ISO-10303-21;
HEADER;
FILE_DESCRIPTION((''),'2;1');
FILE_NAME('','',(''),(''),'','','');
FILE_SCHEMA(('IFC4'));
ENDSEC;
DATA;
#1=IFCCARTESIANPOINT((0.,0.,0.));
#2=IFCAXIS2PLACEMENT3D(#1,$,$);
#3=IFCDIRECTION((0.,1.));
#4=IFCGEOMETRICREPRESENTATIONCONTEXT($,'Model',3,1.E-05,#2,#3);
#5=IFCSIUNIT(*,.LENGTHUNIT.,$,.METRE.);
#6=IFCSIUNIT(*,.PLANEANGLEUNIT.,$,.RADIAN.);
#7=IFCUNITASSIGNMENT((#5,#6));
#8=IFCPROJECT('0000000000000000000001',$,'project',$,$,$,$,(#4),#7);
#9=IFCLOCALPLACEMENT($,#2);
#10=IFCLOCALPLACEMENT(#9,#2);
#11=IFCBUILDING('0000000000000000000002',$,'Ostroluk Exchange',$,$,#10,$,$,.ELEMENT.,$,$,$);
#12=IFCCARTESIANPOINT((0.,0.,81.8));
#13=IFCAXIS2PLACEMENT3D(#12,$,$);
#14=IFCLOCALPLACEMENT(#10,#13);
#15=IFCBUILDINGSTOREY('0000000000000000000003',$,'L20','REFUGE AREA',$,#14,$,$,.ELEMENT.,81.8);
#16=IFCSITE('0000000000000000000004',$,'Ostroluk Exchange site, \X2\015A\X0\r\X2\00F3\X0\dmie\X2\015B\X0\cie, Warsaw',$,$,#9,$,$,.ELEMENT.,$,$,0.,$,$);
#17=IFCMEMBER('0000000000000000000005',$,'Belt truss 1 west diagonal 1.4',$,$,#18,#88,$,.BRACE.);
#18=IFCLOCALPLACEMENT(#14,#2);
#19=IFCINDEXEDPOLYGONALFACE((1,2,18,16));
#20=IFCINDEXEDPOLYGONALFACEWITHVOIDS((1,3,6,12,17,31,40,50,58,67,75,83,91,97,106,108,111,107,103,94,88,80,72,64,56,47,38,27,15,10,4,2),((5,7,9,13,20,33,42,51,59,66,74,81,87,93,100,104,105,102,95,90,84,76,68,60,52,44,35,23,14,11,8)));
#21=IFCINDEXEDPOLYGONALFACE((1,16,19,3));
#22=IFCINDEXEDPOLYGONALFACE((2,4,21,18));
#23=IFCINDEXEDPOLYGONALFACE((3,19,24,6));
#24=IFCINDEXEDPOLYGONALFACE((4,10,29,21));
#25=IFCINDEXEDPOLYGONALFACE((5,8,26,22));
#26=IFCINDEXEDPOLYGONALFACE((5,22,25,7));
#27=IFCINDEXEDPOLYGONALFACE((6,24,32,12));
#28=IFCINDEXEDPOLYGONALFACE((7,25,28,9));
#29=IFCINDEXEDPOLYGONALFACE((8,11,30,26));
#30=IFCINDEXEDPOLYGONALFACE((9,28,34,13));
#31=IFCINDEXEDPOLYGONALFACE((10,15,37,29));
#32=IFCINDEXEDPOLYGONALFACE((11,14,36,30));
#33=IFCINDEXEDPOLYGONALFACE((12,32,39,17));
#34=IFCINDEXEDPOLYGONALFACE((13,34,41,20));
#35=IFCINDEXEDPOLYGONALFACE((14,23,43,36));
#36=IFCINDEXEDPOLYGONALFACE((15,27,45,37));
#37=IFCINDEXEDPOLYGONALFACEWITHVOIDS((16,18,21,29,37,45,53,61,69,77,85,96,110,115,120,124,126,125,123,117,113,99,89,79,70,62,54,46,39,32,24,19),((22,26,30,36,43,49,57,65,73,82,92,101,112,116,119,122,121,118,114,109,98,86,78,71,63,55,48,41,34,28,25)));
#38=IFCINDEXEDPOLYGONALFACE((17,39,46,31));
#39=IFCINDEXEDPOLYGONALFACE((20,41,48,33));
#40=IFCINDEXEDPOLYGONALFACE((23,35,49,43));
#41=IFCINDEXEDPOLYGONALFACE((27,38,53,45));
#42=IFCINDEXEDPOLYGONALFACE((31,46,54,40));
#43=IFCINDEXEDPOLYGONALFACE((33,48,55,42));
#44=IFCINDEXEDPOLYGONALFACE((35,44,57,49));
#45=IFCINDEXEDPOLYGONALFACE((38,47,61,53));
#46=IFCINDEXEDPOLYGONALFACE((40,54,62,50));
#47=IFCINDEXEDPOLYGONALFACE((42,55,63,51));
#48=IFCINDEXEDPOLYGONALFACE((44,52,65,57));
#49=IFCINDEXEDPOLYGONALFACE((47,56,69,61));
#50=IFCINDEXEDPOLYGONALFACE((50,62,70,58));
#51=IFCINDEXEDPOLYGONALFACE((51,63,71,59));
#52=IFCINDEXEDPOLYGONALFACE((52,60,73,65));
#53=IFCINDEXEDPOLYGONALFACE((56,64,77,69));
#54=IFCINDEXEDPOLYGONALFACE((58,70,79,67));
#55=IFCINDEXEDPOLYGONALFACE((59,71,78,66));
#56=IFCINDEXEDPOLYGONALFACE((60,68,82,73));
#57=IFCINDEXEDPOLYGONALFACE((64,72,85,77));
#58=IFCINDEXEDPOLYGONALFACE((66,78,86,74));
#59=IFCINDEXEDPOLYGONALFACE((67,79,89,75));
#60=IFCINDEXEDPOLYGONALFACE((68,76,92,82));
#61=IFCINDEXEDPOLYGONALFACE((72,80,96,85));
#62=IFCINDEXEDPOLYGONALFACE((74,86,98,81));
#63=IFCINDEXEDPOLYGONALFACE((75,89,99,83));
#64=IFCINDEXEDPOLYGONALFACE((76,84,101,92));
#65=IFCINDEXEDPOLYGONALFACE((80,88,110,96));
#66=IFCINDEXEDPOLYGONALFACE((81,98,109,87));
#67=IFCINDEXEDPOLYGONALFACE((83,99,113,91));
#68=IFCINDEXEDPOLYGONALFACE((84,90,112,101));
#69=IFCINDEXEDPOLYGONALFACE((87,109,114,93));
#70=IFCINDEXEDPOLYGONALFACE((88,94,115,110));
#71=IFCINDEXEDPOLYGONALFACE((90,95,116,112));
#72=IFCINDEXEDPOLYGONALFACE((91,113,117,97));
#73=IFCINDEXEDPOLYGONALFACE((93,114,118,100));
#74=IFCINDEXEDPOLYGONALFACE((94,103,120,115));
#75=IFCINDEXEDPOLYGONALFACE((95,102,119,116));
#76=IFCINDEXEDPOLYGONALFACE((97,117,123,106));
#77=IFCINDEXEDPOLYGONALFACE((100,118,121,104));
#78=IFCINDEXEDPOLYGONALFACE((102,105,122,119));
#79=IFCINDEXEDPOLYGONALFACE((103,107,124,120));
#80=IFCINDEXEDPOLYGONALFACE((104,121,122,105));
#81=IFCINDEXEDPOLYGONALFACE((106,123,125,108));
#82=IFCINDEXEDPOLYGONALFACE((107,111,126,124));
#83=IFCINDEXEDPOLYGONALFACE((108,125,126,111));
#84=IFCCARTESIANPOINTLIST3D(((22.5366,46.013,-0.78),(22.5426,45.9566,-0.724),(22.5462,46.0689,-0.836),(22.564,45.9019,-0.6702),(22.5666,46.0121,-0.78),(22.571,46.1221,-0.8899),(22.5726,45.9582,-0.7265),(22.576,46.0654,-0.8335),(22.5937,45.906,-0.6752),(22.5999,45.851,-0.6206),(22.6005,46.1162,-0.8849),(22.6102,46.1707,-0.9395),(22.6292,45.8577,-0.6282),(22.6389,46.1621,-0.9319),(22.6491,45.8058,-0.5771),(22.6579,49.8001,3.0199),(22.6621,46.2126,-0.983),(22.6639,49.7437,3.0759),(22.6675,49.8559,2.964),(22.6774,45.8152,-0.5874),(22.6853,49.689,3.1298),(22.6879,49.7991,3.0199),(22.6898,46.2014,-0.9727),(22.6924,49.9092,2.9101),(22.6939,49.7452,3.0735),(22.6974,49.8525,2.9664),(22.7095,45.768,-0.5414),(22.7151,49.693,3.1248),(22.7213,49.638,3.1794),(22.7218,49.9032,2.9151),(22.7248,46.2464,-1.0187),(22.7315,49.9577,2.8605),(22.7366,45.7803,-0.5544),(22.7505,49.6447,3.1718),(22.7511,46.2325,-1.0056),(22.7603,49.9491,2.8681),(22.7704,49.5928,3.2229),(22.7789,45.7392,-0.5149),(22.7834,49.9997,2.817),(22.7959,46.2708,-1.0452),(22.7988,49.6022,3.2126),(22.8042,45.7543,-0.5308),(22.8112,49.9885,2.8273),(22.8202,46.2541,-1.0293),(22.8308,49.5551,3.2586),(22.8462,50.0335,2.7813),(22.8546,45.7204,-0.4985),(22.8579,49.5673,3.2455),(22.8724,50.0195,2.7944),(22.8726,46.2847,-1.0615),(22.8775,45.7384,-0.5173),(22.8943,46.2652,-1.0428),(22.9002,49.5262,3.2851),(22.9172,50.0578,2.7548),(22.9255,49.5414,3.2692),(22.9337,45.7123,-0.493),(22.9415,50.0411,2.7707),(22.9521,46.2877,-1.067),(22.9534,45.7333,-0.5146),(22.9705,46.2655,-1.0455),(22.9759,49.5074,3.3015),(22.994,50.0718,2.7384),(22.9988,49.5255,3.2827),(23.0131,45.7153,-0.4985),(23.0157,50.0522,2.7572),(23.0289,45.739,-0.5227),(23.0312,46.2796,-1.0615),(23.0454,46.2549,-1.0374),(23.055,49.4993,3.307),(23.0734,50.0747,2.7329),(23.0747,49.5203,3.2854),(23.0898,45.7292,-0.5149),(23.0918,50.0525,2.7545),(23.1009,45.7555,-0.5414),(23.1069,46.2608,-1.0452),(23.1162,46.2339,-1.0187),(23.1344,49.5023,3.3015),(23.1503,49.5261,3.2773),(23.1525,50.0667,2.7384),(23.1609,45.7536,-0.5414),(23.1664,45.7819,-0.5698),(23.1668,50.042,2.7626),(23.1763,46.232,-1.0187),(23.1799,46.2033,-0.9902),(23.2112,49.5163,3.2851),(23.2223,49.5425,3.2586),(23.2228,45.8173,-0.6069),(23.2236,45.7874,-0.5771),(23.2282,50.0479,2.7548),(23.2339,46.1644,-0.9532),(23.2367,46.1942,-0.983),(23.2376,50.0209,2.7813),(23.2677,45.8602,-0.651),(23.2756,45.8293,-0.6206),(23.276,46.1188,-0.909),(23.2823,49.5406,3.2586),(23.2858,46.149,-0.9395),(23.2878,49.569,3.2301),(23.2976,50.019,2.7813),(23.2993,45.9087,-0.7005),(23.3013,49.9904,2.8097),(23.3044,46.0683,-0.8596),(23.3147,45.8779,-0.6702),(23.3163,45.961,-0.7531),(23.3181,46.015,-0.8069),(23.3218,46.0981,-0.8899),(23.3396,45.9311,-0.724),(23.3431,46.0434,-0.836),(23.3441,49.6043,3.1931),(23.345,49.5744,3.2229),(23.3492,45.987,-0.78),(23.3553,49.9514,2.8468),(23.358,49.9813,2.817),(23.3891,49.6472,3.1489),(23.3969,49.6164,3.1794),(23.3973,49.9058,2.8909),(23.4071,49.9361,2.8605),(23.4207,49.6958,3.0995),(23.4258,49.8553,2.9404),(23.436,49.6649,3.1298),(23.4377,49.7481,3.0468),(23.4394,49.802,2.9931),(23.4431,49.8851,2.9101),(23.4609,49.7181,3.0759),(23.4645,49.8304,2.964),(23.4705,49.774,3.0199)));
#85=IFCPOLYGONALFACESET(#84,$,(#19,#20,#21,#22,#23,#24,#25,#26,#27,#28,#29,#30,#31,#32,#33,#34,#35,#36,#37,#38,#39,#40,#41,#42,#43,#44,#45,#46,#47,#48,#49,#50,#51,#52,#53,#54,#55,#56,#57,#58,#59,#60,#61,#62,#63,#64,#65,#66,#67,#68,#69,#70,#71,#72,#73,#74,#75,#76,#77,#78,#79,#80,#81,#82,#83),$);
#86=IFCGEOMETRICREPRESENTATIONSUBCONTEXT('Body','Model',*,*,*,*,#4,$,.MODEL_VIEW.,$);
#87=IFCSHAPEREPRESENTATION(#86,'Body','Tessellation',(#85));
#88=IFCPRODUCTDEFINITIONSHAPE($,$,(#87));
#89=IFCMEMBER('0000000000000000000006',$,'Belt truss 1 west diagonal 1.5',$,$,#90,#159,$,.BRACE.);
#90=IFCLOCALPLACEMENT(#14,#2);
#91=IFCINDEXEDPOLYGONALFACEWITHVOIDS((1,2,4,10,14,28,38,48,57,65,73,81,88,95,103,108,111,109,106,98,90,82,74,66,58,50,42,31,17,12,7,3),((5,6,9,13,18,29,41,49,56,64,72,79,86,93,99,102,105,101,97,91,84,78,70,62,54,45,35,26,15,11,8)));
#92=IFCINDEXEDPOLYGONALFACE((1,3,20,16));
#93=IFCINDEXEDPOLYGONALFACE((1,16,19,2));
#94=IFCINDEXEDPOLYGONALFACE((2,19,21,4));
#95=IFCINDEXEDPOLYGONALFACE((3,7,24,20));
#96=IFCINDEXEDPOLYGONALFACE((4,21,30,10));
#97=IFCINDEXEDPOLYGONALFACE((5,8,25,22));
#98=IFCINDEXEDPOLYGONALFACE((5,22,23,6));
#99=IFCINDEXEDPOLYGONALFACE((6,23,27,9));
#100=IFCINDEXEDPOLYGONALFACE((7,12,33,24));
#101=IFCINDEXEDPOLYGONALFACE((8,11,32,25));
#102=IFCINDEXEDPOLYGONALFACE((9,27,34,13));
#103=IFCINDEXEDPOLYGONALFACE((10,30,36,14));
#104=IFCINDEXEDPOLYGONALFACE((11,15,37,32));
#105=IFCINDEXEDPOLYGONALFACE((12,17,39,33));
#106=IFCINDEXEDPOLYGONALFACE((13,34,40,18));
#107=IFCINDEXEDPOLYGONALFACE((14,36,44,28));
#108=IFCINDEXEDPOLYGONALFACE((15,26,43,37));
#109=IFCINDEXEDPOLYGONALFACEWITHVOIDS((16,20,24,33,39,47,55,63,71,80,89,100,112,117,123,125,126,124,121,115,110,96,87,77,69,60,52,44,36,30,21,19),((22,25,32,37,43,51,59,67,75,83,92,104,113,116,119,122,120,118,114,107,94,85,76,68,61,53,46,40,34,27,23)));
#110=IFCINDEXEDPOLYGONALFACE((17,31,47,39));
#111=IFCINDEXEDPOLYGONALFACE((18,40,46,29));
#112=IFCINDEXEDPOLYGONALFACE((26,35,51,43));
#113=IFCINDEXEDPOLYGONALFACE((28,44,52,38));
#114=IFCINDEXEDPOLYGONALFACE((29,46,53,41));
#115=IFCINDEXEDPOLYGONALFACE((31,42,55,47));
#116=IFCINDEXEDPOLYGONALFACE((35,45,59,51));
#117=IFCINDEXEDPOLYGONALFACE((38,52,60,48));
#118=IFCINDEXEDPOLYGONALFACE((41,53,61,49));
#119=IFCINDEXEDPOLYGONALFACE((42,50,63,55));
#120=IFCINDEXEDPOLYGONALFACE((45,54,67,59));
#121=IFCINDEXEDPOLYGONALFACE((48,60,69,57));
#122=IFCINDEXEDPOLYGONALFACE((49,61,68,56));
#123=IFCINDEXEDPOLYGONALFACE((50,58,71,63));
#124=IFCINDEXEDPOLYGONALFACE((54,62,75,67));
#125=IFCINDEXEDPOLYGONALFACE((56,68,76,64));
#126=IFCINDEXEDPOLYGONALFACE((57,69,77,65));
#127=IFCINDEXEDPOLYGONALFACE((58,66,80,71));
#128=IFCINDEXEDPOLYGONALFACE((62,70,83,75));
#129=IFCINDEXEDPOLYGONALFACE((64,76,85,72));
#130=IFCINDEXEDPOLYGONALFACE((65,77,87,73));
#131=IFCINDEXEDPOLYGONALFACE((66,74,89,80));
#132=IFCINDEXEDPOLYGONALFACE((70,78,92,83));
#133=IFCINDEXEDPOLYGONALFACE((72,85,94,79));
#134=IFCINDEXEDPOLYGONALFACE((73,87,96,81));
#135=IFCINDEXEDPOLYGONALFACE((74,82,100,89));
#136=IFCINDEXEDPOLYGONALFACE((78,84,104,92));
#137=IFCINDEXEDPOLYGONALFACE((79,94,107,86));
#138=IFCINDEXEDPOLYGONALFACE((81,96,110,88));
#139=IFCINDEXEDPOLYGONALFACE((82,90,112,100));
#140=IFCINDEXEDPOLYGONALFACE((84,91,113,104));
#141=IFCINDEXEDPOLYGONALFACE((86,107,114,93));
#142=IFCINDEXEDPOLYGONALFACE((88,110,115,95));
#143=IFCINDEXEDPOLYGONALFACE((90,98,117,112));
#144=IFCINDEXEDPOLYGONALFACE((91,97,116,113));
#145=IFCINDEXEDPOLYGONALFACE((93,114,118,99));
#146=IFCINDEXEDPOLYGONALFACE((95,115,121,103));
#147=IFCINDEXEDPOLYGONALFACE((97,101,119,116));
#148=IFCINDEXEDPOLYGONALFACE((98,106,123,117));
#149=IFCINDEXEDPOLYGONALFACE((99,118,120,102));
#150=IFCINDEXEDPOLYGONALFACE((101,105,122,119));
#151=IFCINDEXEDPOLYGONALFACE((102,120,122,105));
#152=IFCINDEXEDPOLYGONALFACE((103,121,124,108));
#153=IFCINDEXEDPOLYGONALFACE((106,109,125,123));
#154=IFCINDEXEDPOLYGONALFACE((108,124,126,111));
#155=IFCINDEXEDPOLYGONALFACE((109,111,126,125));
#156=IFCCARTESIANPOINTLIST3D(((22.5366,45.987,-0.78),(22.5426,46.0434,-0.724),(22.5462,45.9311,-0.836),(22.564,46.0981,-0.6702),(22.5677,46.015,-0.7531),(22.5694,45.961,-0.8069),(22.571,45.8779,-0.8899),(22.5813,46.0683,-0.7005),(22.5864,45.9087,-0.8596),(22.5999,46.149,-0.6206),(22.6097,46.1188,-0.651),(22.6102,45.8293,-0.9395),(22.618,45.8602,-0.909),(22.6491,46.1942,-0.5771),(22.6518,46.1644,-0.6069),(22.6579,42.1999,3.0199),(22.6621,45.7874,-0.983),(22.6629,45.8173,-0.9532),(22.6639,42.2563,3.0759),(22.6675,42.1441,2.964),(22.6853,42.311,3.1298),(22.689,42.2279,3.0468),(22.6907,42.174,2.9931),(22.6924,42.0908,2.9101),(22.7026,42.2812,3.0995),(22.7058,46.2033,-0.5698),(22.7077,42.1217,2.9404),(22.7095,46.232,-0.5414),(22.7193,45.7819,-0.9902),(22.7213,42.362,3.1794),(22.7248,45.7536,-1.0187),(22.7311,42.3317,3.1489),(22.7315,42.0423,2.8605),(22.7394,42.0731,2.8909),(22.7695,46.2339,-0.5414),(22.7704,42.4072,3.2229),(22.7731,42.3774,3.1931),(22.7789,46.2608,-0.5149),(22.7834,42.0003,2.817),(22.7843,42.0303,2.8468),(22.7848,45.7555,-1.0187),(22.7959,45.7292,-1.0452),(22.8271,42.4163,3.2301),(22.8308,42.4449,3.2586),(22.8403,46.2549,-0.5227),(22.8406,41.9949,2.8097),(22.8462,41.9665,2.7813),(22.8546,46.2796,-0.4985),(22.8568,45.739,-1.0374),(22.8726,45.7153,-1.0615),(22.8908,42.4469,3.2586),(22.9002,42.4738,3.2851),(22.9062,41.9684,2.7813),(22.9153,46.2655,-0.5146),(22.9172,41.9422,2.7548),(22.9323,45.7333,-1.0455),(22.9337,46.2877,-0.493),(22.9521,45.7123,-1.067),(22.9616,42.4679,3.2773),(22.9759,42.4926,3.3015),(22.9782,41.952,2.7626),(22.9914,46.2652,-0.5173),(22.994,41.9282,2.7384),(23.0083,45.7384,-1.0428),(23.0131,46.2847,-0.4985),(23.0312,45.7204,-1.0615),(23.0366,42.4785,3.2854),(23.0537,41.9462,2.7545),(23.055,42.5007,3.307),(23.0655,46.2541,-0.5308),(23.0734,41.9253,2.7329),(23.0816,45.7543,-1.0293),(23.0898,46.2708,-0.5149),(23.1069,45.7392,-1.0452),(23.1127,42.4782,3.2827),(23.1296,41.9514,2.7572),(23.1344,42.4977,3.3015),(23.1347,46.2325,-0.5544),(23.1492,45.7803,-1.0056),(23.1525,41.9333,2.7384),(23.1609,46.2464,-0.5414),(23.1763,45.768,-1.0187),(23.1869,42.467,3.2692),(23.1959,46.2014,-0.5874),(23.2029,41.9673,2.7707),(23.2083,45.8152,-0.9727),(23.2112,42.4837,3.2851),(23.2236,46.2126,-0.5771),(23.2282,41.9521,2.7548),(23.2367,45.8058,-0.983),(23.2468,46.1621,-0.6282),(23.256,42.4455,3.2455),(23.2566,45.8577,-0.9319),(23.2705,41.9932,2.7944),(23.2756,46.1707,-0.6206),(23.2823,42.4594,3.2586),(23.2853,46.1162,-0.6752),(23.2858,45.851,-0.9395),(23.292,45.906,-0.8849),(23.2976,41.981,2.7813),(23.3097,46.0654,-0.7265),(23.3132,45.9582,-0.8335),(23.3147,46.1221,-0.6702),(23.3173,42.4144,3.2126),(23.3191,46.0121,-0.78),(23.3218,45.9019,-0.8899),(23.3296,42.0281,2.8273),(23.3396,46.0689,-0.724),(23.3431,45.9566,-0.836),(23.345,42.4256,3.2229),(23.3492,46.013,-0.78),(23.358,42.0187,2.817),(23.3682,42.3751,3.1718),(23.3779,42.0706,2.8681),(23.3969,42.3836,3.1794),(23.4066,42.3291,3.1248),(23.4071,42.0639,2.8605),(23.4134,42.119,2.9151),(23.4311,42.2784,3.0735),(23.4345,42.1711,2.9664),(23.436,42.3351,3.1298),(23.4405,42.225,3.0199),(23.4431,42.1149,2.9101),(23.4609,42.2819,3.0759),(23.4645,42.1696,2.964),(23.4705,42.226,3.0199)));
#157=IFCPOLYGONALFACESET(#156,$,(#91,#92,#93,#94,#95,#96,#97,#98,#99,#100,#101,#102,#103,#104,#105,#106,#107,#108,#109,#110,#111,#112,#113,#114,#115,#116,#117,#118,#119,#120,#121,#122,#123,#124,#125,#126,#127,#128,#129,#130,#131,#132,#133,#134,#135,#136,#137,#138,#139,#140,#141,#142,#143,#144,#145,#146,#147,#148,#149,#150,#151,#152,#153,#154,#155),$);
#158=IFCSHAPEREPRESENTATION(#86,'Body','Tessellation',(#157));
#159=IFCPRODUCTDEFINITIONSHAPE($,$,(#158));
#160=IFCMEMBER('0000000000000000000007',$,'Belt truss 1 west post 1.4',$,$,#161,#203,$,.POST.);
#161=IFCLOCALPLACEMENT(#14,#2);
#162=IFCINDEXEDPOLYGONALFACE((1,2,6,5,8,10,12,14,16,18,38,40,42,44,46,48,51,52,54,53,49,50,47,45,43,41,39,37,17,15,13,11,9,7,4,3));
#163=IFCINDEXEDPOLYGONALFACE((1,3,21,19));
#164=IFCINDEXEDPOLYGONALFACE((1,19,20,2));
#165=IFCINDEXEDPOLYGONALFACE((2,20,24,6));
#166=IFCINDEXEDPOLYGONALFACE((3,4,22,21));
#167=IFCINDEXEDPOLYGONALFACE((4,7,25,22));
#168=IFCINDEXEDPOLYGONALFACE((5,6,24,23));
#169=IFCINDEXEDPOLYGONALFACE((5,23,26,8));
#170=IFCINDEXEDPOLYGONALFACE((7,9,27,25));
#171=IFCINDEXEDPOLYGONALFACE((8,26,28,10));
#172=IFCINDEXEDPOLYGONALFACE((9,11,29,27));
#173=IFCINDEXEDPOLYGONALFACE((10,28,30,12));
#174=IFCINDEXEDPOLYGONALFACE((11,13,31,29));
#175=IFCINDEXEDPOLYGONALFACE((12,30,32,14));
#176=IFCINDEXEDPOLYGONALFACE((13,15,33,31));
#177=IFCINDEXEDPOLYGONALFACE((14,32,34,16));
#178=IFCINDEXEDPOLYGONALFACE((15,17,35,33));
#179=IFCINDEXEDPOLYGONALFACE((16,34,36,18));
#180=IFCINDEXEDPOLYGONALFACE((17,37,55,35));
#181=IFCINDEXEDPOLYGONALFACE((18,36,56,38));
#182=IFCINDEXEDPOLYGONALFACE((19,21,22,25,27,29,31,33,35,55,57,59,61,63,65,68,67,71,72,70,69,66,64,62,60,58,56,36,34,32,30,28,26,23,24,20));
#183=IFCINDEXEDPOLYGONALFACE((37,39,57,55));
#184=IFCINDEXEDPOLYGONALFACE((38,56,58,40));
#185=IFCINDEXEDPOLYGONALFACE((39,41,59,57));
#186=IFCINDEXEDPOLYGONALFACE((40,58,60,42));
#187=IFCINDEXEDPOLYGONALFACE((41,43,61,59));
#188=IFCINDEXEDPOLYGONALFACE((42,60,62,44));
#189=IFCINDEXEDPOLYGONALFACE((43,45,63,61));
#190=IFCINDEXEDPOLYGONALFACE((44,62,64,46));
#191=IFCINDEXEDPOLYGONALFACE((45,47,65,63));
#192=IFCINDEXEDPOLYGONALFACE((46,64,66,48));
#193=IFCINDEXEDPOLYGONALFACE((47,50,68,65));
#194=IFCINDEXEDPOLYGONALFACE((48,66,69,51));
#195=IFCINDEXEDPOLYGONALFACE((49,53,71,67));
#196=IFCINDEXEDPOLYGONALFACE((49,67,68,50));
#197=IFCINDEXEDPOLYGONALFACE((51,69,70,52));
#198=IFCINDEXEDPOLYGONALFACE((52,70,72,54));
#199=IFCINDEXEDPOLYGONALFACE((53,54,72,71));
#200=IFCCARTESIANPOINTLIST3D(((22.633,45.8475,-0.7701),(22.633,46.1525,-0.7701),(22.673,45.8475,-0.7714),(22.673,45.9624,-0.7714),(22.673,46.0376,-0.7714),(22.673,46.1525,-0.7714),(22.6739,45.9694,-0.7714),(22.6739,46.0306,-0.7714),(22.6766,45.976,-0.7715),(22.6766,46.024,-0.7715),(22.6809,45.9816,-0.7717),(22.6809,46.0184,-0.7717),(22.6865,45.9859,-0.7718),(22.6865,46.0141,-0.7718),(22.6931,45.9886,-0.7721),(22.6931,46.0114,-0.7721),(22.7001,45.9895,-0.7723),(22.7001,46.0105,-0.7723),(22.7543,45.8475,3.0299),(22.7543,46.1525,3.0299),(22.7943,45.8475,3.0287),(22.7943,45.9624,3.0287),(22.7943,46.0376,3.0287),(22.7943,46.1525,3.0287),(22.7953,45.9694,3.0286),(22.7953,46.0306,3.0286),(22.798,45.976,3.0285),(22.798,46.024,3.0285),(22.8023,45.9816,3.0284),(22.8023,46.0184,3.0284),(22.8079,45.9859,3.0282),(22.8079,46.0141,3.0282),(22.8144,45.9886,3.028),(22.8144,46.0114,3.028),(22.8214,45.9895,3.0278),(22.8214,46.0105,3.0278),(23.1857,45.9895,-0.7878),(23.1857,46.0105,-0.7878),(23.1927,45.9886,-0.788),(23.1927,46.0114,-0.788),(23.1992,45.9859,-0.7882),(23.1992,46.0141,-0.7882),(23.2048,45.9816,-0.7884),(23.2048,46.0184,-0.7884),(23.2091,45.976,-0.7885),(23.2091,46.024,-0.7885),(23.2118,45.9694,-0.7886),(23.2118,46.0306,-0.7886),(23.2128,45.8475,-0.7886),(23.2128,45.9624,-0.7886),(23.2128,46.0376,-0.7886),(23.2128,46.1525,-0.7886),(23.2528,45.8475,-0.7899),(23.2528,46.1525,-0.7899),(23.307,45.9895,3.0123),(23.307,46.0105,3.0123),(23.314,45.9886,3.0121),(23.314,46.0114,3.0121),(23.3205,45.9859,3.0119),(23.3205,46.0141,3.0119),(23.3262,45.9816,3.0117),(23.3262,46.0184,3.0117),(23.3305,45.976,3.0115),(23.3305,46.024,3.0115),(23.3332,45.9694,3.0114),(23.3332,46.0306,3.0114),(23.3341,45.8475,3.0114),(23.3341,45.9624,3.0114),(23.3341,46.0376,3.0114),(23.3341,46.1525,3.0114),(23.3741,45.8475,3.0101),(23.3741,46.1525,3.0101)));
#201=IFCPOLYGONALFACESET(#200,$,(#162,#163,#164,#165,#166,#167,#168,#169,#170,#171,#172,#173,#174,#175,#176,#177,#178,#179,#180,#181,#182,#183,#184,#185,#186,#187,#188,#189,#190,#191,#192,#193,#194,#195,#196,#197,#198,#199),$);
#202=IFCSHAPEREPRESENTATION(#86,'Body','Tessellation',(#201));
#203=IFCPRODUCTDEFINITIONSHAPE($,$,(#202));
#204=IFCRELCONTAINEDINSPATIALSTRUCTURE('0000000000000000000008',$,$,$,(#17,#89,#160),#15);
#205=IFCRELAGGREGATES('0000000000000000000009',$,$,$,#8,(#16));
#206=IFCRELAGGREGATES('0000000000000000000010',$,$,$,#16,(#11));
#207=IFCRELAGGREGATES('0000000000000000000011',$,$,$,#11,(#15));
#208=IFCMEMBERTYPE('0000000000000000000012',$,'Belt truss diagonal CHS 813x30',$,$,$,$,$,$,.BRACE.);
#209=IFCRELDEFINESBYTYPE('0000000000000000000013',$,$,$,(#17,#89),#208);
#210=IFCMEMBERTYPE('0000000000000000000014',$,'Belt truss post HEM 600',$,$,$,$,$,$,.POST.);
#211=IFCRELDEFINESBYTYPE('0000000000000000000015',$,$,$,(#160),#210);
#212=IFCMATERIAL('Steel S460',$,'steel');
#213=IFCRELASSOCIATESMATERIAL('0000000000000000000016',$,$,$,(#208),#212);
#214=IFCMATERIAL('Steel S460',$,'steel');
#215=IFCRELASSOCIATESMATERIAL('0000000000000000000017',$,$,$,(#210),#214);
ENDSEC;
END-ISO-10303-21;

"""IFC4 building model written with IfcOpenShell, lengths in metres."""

from ifc_helpers import new_model, si_unit, direction, frame, origin, origin_2d, place, context, subcontext, project, spatial, hollow_circle, i_section, extrude, material, material_profile, profile_set, type_object, element, save


model = new_model("IFC4")

# Units and contexts
model_context = context("Model", 3, precision=1e-05, world=origin(), true_north=direction((0.0, 1.0)))
body_context = subcontext(model_context, "Body", "Model", "MODEL_VIEW")
ifc_project = project(units=[si_unit("LENGTHUNIT", "METRE"), si_unit("PLANEANGLEUNIT", "RADIAN")], contexts=[model_context])

# Site, building, storey
site_placement = place(None, origin())
site = spatial("IfcSite", under=ifc_project, at=site_placement, Name="Ostroluk Exchange site, Śródmieście, Warsaw", CompositionType="ELEMENT", RefElevation=0.0)
building_placement = place(site_placement, origin())
building = spatial("IfcBuilding", under=site, at=building_placement, Name="Ostroluk Exchange", CompositionType="ELEMENT")
storey_placement = place(building_placement, frame((0.0, 0.0, 81.8)))
storey = spatial("IfcBuildingStorey", under=building, at=storey_placement, Name="L20", Description="REFUGE AREA", CompositionType="ELEMENT", Elevation=81.8)

# Members
ifc_material_1 = material(Name="Steel S460", Category="steel")
ifc_material_profile_1 = material_profile(ifc_material_1, hollow_circle(Radius=0.4065, WallThickness=0.03, at=origin_2d()), Name="CHS 813x30")
ifc_profile_set_1 = profile_set([ifc_material_profile_1], Name="Steel S460")
member_type_1 = type_object("IfcMemberType", Name="Belt truss diagonal CHS 813x30", PredefinedType="BRACE", material=ifc_profile_set_1)
for number, where, z_axis, x_axis, name in (
    (1, (22.9429, 46.0, -0.78), (0.022611, 0.705719, 0.708131), (-0.999487, 0.032023, 0.0), "Belt truss 1 west diagonal 1.4"),
    (2, (22.9429, 46.0, -0.78), (0.022611, -0.705719, 0.708131), (0.999487, 0.032023, 0.0), "Belt truss 1 west diagonal 1.5"),
):
    element("IfcMember", number, at=place(storey_placement, frame(where, z_axis=z_axis, x_axis=x_axis)), inside=storey, type_object=member_type_1, Name=name, PredefinedType="BRACE", context=body_context, shape_type="SweptSolid", body=[
        extrude(hollow_circle(Radius=0.4065, WallThickness=0.03, at=origin_2d()), origin(), (0.0, 0.0, 1.0), 5.3662),
    ])
ifc_material_2 = material(Name="Steel S460", Category="steel")
ifc_material_profile_2 = material_profile(ifc_material_2, i_section(OverallWidth=0.3049, OverallDepth=0.6201, WebThickness=0.021, FlangeThickness=0.04, FilletRadius=0.0271, at=origin_2d()), Name="HEM 600")
ifc_profile_set_2 = profile_set([ifc_material_profile_2], Name="Steel S460")
member_type_2 = type_object("IfcMemberType", Name="Belt truss post HEM 600", PredefinedType="POST", material=ifc_profile_set_2)
member_1_placement = place(storey_placement, frame((22.9429, 46.0, -0.78), z_axis=(0.031914, 0.0, 0.999491), x_axis=(0.0, 1.0, 0.0)))
element("IfcMember", 3, at=member_1_placement, inside=storey, type_object=member_type_2, Name="Belt truss 1 west post 1.4", PredefinedType="POST", context=body_context, shape_type="SweptSolid", body=[
    extrude(i_section(OverallWidth=0.3049, OverallDepth=0.6201, WebThickness=0.021, FlangeThickness=0.04, FilletRadius=0.0271, at=origin_2d()), origin(), (0.0, 0.0, 1.0), 3.802),
])

save(model, "model.ifc")
